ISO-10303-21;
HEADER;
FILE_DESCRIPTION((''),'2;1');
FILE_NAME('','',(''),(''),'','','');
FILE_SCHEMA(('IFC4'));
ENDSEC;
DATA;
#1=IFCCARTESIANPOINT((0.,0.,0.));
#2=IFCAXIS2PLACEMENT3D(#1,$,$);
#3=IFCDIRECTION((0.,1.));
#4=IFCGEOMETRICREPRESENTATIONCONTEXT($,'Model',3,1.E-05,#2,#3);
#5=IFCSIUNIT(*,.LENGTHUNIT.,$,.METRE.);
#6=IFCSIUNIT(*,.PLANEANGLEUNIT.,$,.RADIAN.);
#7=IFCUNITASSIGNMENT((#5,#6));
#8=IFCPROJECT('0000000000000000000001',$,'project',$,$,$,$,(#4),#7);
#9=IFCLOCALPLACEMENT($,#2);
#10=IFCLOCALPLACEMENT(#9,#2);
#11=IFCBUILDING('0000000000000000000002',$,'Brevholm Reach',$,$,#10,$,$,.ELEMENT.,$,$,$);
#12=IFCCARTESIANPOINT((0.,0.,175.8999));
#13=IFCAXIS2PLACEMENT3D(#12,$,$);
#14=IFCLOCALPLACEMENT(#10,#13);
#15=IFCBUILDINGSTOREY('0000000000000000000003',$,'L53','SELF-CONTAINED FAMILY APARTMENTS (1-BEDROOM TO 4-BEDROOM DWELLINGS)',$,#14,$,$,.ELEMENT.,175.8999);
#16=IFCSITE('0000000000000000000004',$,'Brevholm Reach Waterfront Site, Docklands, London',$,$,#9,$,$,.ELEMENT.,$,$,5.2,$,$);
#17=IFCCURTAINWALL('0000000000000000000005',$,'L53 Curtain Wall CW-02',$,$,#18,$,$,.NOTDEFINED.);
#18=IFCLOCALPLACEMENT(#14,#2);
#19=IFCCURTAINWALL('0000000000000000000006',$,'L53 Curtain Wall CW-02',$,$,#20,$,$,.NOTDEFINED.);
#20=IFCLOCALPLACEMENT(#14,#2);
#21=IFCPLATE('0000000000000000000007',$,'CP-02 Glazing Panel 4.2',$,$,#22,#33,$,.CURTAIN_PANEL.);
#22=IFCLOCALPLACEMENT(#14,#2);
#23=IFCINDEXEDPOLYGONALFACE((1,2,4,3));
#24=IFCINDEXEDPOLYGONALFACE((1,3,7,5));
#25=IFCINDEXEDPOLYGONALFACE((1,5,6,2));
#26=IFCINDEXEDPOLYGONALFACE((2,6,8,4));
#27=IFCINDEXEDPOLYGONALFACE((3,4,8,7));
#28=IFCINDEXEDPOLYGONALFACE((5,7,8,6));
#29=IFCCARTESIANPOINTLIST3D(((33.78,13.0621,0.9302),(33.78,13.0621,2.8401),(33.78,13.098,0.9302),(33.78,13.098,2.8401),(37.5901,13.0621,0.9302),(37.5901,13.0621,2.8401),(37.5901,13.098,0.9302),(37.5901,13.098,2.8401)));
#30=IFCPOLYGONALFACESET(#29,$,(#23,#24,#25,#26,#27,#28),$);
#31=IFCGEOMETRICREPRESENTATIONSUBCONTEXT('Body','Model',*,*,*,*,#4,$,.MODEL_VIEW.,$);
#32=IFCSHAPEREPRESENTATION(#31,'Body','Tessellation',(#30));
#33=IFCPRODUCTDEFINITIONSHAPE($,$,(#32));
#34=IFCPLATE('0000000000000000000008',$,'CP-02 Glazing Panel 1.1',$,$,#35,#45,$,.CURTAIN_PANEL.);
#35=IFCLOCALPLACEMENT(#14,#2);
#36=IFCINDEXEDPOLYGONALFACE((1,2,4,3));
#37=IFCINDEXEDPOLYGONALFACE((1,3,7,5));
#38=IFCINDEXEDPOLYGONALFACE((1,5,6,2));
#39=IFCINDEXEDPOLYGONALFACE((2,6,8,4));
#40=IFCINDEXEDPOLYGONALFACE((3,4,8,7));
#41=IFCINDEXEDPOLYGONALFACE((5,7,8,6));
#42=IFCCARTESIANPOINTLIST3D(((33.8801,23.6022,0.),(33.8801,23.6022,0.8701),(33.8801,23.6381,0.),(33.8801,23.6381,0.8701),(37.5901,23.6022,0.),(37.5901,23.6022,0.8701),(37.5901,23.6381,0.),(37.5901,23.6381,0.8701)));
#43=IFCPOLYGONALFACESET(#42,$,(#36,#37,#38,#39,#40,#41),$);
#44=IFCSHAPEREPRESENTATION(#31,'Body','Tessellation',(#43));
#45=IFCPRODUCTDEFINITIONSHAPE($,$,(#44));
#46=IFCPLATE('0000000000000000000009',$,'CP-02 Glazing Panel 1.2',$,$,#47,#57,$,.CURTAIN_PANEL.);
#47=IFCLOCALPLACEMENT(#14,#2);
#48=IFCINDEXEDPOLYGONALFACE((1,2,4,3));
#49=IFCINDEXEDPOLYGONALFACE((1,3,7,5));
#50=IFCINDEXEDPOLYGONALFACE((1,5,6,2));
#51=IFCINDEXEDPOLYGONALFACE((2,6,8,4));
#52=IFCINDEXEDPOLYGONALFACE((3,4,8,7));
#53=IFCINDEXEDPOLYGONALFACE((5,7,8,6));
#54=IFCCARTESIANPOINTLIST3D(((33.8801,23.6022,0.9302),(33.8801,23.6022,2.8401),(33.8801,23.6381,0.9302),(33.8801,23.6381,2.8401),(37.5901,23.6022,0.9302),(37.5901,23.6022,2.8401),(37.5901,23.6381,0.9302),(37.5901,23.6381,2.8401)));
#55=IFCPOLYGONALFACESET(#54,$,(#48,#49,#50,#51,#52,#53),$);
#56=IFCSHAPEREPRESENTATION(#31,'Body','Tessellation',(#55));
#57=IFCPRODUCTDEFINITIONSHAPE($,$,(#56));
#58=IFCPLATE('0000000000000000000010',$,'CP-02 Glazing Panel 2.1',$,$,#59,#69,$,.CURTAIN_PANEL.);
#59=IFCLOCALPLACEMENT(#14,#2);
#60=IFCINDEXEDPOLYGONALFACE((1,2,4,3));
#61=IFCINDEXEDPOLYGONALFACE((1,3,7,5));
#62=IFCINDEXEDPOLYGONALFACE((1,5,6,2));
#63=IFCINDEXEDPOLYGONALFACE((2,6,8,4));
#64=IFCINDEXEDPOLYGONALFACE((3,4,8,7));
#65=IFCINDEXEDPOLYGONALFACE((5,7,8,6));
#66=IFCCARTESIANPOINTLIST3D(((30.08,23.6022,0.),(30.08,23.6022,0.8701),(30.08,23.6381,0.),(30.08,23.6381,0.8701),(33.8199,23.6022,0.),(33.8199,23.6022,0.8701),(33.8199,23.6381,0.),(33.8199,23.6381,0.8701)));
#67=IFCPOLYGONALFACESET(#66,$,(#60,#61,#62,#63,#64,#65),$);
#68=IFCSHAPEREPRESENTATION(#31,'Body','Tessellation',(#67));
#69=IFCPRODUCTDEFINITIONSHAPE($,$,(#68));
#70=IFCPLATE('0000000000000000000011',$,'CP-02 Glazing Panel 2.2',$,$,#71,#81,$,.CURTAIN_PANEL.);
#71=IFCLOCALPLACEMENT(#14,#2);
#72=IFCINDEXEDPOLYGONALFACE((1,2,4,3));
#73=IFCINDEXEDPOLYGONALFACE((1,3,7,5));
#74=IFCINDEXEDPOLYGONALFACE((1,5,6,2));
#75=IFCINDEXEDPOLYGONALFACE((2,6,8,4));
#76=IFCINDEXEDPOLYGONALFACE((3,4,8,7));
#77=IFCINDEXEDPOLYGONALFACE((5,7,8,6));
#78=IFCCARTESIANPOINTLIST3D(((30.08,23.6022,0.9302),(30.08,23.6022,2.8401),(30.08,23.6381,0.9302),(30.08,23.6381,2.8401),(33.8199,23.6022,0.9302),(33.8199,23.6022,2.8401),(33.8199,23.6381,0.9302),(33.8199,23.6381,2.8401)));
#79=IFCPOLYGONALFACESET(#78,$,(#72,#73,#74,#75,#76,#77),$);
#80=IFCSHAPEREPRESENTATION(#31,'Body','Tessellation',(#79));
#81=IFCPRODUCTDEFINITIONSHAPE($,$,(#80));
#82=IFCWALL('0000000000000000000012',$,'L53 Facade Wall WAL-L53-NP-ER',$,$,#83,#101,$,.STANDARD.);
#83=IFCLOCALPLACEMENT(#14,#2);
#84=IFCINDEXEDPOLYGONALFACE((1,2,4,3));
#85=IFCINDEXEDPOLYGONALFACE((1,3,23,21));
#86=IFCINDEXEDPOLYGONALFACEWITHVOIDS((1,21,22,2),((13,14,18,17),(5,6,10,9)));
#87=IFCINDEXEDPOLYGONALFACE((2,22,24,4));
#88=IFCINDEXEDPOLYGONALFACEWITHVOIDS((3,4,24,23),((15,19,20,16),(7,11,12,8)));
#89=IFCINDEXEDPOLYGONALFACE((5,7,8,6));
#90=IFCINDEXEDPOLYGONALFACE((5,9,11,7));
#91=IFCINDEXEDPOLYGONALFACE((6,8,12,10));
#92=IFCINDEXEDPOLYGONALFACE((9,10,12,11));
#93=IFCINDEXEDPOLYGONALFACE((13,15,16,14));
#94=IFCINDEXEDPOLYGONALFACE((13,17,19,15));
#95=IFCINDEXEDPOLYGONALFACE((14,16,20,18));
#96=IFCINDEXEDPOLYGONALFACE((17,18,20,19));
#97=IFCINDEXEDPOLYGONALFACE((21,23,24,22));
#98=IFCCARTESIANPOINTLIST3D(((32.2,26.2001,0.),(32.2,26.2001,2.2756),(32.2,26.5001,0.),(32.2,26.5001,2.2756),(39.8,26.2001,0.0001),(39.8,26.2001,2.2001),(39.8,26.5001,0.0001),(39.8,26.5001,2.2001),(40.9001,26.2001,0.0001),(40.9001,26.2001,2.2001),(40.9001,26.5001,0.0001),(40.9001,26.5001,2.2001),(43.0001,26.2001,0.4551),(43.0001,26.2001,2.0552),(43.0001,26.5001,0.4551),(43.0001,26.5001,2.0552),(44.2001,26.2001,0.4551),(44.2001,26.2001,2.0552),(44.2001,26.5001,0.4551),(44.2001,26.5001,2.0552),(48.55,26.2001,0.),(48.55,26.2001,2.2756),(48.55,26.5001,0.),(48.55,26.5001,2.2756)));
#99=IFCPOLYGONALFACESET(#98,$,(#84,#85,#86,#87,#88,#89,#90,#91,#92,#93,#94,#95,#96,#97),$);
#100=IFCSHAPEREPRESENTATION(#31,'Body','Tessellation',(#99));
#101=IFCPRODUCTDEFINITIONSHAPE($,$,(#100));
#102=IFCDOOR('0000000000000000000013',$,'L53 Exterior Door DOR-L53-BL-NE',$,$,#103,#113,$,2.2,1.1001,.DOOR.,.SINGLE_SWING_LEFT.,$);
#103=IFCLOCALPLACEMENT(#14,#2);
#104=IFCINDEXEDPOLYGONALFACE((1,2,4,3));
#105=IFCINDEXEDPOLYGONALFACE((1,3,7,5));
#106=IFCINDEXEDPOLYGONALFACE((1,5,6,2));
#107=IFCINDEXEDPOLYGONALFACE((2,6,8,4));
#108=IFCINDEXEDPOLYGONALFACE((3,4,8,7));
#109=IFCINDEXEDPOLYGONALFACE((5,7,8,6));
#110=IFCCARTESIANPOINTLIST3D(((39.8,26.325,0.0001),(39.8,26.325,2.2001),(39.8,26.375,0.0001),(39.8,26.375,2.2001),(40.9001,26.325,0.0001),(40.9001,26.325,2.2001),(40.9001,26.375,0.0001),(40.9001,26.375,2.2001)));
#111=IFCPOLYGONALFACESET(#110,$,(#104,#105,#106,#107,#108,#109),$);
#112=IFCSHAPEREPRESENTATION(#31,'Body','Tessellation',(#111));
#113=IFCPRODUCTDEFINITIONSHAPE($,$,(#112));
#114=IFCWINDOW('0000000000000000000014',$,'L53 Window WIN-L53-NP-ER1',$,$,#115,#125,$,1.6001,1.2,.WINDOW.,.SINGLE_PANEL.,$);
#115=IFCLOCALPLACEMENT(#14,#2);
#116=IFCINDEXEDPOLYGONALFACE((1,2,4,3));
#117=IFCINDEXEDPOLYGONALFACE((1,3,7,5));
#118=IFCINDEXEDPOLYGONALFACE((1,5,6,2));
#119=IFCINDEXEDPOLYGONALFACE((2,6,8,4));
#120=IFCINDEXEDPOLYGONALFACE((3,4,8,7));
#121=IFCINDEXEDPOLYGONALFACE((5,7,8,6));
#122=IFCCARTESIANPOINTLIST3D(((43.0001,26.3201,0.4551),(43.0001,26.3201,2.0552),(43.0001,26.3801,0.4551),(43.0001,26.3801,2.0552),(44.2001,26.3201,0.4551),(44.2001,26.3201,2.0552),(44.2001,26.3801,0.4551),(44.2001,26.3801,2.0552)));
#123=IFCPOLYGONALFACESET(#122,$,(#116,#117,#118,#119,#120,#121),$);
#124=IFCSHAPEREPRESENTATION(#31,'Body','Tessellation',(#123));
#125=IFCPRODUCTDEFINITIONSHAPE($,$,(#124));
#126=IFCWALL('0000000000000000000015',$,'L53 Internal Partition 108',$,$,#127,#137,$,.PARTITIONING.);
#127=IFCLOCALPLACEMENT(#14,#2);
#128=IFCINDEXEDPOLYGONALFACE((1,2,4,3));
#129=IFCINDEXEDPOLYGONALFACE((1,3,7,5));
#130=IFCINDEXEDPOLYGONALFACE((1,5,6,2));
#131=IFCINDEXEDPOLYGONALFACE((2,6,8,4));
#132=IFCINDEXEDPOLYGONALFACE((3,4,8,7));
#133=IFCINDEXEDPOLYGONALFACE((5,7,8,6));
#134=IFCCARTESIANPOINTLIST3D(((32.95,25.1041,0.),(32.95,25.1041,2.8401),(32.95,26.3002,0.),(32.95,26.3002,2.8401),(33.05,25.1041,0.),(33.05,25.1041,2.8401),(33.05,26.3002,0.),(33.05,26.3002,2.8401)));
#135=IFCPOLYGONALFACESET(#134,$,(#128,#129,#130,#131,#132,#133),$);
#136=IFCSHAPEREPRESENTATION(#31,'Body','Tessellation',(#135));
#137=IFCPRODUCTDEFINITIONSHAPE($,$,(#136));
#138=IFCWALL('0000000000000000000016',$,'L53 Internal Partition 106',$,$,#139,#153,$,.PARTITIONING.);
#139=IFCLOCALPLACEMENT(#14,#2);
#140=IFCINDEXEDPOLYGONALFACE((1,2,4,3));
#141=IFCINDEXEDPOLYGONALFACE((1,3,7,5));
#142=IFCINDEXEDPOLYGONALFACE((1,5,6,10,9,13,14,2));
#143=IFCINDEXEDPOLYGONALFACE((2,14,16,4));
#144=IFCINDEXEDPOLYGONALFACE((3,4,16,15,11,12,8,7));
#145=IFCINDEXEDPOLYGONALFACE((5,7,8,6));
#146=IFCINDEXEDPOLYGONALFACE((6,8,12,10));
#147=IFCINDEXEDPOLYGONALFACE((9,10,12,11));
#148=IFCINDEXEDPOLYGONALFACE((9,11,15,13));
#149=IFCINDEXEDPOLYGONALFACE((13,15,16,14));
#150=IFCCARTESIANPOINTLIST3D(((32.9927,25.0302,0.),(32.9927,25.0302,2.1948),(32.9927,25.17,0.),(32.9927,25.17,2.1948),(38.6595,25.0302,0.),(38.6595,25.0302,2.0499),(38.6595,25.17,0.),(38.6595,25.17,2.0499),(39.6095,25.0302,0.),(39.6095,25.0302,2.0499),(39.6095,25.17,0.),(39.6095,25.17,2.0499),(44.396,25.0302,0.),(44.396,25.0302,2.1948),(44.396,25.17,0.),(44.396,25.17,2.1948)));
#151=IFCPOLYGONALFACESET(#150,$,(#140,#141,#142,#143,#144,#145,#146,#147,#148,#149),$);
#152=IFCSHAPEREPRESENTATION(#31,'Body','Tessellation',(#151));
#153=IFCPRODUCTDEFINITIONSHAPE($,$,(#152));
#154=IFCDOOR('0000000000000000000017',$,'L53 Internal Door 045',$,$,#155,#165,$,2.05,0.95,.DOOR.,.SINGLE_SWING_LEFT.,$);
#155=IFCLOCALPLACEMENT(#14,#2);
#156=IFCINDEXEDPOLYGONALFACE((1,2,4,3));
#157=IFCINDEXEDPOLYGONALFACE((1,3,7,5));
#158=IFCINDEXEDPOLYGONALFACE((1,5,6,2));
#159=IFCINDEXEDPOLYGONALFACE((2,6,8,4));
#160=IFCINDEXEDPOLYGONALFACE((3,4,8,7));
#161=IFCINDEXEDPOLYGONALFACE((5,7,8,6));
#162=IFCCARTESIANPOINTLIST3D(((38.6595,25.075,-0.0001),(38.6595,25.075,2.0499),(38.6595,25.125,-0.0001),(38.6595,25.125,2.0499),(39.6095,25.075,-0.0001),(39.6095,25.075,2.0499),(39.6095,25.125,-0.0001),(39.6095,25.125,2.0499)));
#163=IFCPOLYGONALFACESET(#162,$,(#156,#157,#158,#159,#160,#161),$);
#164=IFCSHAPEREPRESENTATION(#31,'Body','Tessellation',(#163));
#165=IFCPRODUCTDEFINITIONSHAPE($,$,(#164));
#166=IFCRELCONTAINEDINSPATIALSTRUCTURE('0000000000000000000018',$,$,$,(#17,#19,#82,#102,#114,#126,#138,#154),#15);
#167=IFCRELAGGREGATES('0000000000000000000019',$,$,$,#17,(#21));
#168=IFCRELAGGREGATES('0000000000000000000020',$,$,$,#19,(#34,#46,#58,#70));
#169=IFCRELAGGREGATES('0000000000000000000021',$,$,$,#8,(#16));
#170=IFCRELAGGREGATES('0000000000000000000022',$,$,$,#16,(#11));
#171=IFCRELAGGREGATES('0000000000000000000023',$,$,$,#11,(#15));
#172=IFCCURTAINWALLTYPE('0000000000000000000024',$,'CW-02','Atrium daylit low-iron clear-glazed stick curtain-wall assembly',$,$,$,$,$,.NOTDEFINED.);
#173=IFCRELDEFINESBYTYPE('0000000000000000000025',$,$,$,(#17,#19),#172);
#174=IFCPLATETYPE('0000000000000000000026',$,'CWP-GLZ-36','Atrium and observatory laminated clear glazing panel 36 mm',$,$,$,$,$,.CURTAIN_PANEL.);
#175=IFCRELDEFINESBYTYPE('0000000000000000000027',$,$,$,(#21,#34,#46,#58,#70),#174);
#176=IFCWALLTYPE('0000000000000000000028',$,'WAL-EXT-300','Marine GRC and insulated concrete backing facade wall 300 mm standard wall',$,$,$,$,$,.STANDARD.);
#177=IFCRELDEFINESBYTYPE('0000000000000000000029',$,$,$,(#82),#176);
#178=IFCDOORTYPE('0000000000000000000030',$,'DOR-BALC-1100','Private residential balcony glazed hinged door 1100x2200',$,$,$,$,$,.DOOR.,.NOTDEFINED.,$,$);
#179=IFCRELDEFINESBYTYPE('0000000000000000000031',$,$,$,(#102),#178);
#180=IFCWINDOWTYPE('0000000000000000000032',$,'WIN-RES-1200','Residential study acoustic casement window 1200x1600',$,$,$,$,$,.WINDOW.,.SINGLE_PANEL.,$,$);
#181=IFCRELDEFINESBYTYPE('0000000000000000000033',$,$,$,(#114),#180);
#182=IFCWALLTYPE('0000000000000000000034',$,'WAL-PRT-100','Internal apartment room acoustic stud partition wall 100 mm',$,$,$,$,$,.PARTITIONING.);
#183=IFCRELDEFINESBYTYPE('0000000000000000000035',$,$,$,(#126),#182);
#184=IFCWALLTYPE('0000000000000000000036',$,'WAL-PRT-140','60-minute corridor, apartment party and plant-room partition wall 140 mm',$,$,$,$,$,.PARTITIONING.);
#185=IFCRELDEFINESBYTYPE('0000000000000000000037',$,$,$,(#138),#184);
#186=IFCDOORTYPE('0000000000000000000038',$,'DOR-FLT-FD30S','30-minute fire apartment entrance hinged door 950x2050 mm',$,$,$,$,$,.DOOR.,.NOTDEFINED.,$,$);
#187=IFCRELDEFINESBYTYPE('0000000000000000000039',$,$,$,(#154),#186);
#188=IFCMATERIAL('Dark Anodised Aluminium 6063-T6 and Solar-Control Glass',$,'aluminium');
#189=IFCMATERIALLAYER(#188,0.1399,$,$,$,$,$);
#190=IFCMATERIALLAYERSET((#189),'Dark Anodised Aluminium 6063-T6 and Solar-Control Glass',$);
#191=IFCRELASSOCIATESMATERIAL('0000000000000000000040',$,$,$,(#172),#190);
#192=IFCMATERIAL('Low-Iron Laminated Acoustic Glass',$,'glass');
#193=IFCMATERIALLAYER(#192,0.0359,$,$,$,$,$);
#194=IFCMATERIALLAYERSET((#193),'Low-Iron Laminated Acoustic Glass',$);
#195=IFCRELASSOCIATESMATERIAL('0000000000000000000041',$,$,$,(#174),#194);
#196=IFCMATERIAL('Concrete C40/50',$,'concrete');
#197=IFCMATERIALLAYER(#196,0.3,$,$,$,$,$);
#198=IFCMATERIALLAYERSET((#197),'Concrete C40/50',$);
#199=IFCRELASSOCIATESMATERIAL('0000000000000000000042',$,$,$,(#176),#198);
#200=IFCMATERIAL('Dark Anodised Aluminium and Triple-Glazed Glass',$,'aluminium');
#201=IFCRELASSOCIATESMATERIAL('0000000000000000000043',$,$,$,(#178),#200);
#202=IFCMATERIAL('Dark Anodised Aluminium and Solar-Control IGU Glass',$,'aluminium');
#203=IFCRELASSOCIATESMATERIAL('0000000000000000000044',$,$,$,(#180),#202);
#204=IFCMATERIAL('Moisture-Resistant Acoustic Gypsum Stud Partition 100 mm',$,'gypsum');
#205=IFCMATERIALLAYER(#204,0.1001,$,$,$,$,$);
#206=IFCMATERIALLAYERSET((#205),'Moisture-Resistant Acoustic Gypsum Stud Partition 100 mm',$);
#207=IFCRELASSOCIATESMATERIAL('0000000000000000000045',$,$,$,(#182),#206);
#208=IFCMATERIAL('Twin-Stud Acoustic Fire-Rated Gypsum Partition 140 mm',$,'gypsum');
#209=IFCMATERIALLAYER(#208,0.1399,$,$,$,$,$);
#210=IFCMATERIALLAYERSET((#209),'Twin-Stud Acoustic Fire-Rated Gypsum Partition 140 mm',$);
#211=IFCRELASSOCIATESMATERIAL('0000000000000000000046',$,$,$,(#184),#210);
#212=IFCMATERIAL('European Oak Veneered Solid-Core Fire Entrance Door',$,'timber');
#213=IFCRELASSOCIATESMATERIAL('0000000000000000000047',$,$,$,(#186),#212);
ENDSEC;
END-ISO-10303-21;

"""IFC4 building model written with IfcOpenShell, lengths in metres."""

from ifc_helpers import new_model, si_unit, direction, frame, frame_2d, origin, origin_2d, place, context, subcontext, project, spatial, rectangle, extrude, material, layer, layer_set, type_object, element, fill, aggregate, save


model = new_model("IFC4")

# Units and contexts
model_context = context("Model", 3, precision=1e-05, world=origin(), true_north=direction((0.0, 1.0)))
body_context = subcontext(model_context, "Body", "Model", "MODEL_VIEW")
ifc_project = project(units=[si_unit("LENGTHUNIT", "METRE"), si_unit("PLANEANGLEUNIT", "RADIAN")], contexts=[model_context])

# Site, building, storey
site_placement = place(None, origin())
site = spatial("IfcSite", under=ifc_project, at=site_placement, Name="Brevholm Reach Waterfront Site, Docklands, London", CompositionType="ELEMENT", RefElevation=5.2)
building_placement = place(site_placement, origin())
building = spatial("IfcBuilding", under=site, at=building_placement, Name="Brevholm Reach", CompositionType="ELEMENT")
storey_placement = place(building_placement, frame((0.0, 0.0, 175.8999)))
storey = spatial("IfcBuildingStorey", under=building, at=storey_placement, Name="L53", Description="SELF-CONTAINED FAMILY APARTMENTS (1-BEDROOM TO 4-BEDROOM DWELLINGS)", CompositionType="ELEMENT", Elevation=175.8999)

# Curtain wall
ifc_material_1 = material(Name="Dark Anodised Aluminium 6063-T6 and Solar-Control Glass", Category="aluminium")
ifc_layer_1 = layer(ifc_material_1, 0.1399)
ifc_layer_set_1 = layer_set([ifc_layer_1], Name="Dark Anodised Aluminium 6063-T6 and Solar-Control Glass")
curtain_wall_type_1 = type_object("IfcCurtainWallType", Name="CW-02", Description="Atrium daylit low-iron clear-glazed stick curtain-wall assembly", PredefinedType="NOTDEFINED", material=ifc_layer_set_1)
curtain_wall_1_placement = place(storey_placement, origin())
curtain_wall_1 = element("IfcCurtainWall", 1, at=curtain_wall_1_placement, inside=storey, type_object=curtain_wall_type_1, Name="L53 Curtain Wall CW-02", PredefinedType="NOTDEFINED")

# Curtain wall
curtain_wall_2_placement = place(storey_placement, origin())
curtain_wall_2 = element("IfcCurtainWall", 2, at=curtain_wall_2_placement, inside=storey, type_object=curtain_wall_type_1, Name="L53 Curtain Wall CW-02", PredefinedType="NOTDEFINED")

# Plates
ifc_material_2 = material(Name="Low-Iron Laminated Acoustic Glass", Category="glass")
ifc_layer_2 = layer(ifc_material_2, 0.0359)
ifc_layer_set_2 = layer_set([ifc_layer_2], Name="Low-Iron Laminated Acoustic Glass")
plate_type_1 = type_object("IfcPlateType", Name="CWP-GLZ-36", Description="Atrium and observatory laminated clear glazing panel 36 mm", PredefinedType="CURTAIN_PANEL", material=ifc_layer_set_2)
plate_1_placement = place(storey_placement, frame((35.6851, 13.0801, 0.9302), z_axis=(0.0, 0.0, 1.0), x_axis=(1.0, 0.0, 0.0)))
plate_1 = element("IfcPlate", 3, at=plate_1_placement, type_object=plate_type_1, Name="CP-02 Glazing Panel 4.2", PredefinedType="CURTAIN_PANEL", context=body_context, shape_type="SweptSolid", body=[
    extrude(rectangle(XDim=3.8101, YDim=0.0359, at=origin_2d()), origin(), (0.0, 0.0, 1.0), 1.9099),
])
aggregate(curtain_wall_1, [plate_1])
plate_2_placement = place(storey_placement, frame((35.7351, 23.6201, 0.0), z_axis=(0.0, 0.0, 1.0), x_axis=(-1.0, 0.0, 0.0)))
plate_2 = element("IfcPlate", 4, at=plate_2_placement, type_object=plate_type_1, Name="CP-02 Glazing Panel 1.1", PredefinedType="CURTAIN_PANEL", context=body_context, shape_type="SweptSolid", body=[
    extrude(rectangle(XDim=3.71, YDim=0.0359, at=origin_2d()), origin(), (0.0, 0.0, 1.0), 0.8701),
])
plate_3_placement = place(storey_placement, frame((35.7351, 23.6201, 0.9302), z_axis=(0.0, 0.0, 1.0), x_axis=(-1.0, 0.0, 0.0)))
plate_3 = element("IfcPlate", 5, at=plate_3_placement, type_object=plate_type_1, Name="CP-02 Glazing Panel 1.2", PredefinedType="CURTAIN_PANEL", context=body_context, shape_type="SweptSolid", body=[
    extrude(rectangle(XDim=3.71, YDim=0.0359, at=origin_2d()), origin(), (0.0, 0.0, 1.0), 1.9099),
])
plate_4_placement = place(storey_placement, frame((31.95, 23.6201, 0.0), z_axis=(0.0, 0.0, 1.0), x_axis=(-1.0, 0.0, 0.0)))
plate_4 = element("IfcPlate", 6, at=plate_4_placement, type_object=plate_type_1, Name="CP-02 Glazing Panel 2.1", PredefinedType="CURTAIN_PANEL", context=body_context, shape_type="SweptSolid", body=[
    extrude(rectangle(XDim=3.74, YDim=0.0359, at=origin_2d()), origin(), (0.0, 0.0, 1.0), 0.8701),
])
plate_5_placement = place(storey_placement, frame((31.95, 23.6201, 0.9302), z_axis=(0.0, 0.0, 1.0), x_axis=(-1.0, 0.0, 0.0)))
plate_5 = element("IfcPlate", 7, at=plate_5_placement, type_object=plate_type_1, Name="CP-02 Glazing Panel 2.2", PredefinedType="CURTAIN_PANEL", context=body_context, shape_type="SweptSolid", body=[
    extrude(rectangle(XDim=3.74, YDim=0.0359, at=origin_2d()), origin(), (0.0, 0.0, 1.0), 1.9099),
])
aggregate(curtain_wall_2, [plate_2, plate_3, plate_4, plate_5])

# Wall, openings, door, window
ifc_material_3 = material(Name="Concrete C40/50", Category="concrete")
ifc_layer_3 = layer(ifc_material_3, 0.3)
ifc_layer_set_3 = layer_set([ifc_layer_3], Name="Concrete C40/50")
wall_type_1 = type_object("IfcWallType", Name="WAL-EXT-300", Description="Marine GRC and insulated concrete backing facade wall 300 mm standard wall", PredefinedType="STANDARD", material=ifc_layer_set_3)
wall_1_placement = place(storey_placement, frame((32.2, 26.3501, 0.0), z_axis=(0.0, 0.0, 1.0), x_axis=(1.0, 0.0, 0.0)))
wall_1 = element("IfcWall", 8, at=wall_1_placement, inside=storey, type_object=wall_type_1, Name="L53 Facade Wall WAL-L53-NP-ER", PredefinedType="STANDARD", context=body_context, shape_type="SweptSolid", body=[
    extrude(rectangle(XDim=16.3501, YDim=0.3, at=frame_2d((8.175, 0.0))), origin(), (0.0, 0.0, 1.0), 2.2756),
])
opening_1_placement = place(wall_1_placement, frame((7.6001, 0.0, 0.0)))
opening_1 = element("IfcOpeningElement", 9, at=opening_1_placement, cuts=wall_1, PredefinedType="OPENING", context=body_context, shape_type="SweptSolid", body=[
    extrude(rectangle(XDim=1.1001, YDim=2.2, at=frame_2d((0.55, 1.1001))), frame((0.0, 0.1599, 0.0), z_axis=(0.0, -1.0, 0.0), x_axis=(1.0, 0.0, 0.0)), (0.0, 0.0, 1.0), 0.3201),
])
opening_2_placement = place(wall_1_placement, frame((10.8, 0.0, 0.4551)))
opening_2 = element("IfcOpeningElement", 10, at=opening_2_placement, cuts=wall_1, PredefinedType="OPENING", context=body_context, shape_type="SweptSolid", body=[
    extrude(rectangle(XDim=1.2, YDim=1.6001, at=frame_2d((0.6001, 0.8))), frame((0.0, 0.1599, 0.0), z_axis=(0.0, -1.0, 0.0), x_axis=(1.0, 0.0, 0.0)), (0.0, 0.0, 1.0), 0.3201),
])
ifc_material_4 = material(Name="Dark Anodised Aluminium and Triple-Glazed Glass", Category="aluminium")
door_type_1 = type_object("IfcDoorType", Name="DOR-BALC-1100", Description="Private residential balcony glazed hinged door 1100x2200", OperationType="NOTDEFINED", PredefinedType="DOOR", material=ifc_material_4)
door_1_placement = place(opening_1_placement, origin())
door_1 = element("IfcDoor", 11, at=door_1_placement, inside=storey, type_object=door_type_1, Name="L53 Exterior Door DOR-L53-BL-NE", OperationType="SINGLE_SWING_LEFT", OverallHeight=2.2, OverallWidth=1.1001, PredefinedType="DOOR", context=body_context, shape_type="SweptSolid", body=[
    extrude(rectangle(XDim=1.1001, YDim=2.2, at=frame_2d((0.55, 1.1001))), frame((0.0, 0.0249, 0.0), z_axis=(0.0, -1.0, 0.0), x_axis=(1.0, 0.0, 0.0)), (0.0, 0.0, 1.0), 0.05),
])
fill(opening_1, door_1)
ifc_material_5 = material(Name="Dark Anodised Aluminium and Solar-Control IGU Glass", Category="aluminium")
window_type = type_object("IfcWindowType", Name="WIN-RES-1200", Description="Residential study acoustic casement window 1200x1600", PartitioningType="SINGLE_PANEL", PredefinedType="WINDOW", material=ifc_material_5)
window_placement = place(opening_2_placement, origin())
window = element("IfcWindow", 12, at=window_placement, inside=storey, type_object=window_type, Name="L53 Window WIN-L53-NP-ER1", OverallHeight=1.6001, OverallWidth=1.2, PartitioningType="SINGLE_PANEL", PredefinedType="WINDOW", context=body_context, shape_type="SweptSolid", body=[
    extrude(rectangle(XDim=1.2, YDim=1.6001, at=frame_2d((0.6001, 0.8))), frame((0.0, 0.03, 0.0), z_axis=(0.0, -1.0, 0.0), x_axis=(1.0, 0.0, 0.0)), (0.0, 0.0, 1.0), 0.0601),
])
fill(opening_2, window)

# Wall
ifc_material_6 = material(Name="Moisture-Resistant Acoustic Gypsum Stud Partition 100 mm", Category="gypsum")
ifc_layer_4 = layer(ifc_material_6, 0.1001)
ifc_layer_set_4 = layer_set([ifc_layer_4], Name="Moisture-Resistant Acoustic Gypsum Stud Partition 100 mm")
wall_type_2 = type_object("IfcWallType", Name="WAL-PRT-100", Description="Internal apartment room acoustic stud partition wall 100 mm", PredefinedType="PARTITIONING", material=ifc_layer_set_4)
wall_2_placement = place(storey_placement, frame((33.0, 25.104, 0.0), z_axis=(0.0, 0.0, 1.0), x_axis=(0.0, 1.0, 0.0)))
element("IfcWall", 13, at=wall_2_placement, inside=storey, type_object=wall_type_2, Name="L53 Internal Partition 108", PredefinedType="PARTITIONING", context=body_context, shape_type="SweptSolid", body=[
    extrude(rectangle(XDim=1.196, YDim=0.1001, at=frame_2d((0.5981, 0.0))), origin(), (0.0, 0.0, 1.0), 2.8401),
])

# Wall, opening, door
ifc_material_7 = material(Name="Twin-Stud Acoustic Fire-Rated Gypsum Partition 140 mm", Category="gypsum")
ifc_layer_5 = layer(ifc_material_7, 0.1399)
ifc_layer_set_5 = layer_set([ifc_layer_5], Name="Twin-Stud Acoustic Fire-Rated Gypsum Partition 140 mm")
wall_type_3 = type_object("IfcWallType", Name="WAL-PRT-140", Description="60-minute corridor, apartment party and plant-room partition wall 140 mm", PredefinedType="PARTITIONING", material=ifc_layer_set_5)
wall_3_placement = place(storey_placement, frame((32.9927, 25.1001, 0.0), z_axis=(0.0, 0.0, 1.0), x_axis=(1.0, 0.0, 0.0)))
wall_3 = element("IfcWall", 14, at=wall_3_placement, inside=storey, type_object=wall_type_3, Name="L53 Internal Partition 106", PredefinedType="PARTITIONING", context=body_context, shape_type="SweptSolid", body=[
    extrude(rectangle(XDim=11.4033, YDim=0.1399, at=frame_2d((5.7017, 0.0))), origin(), (0.0, 0.0, 1.0), 2.1948),
])
opening_3_placement = place(wall_3_placement, frame((5.6667, 0.0, 0.0)))
opening_3 = element("IfcOpeningElement", 15, at=opening_3_placement, cuts=wall_3, PredefinedType="OPENING", context=body_context, shape_type="SweptSolid", body=[
    extrude(rectangle(XDim=0.95, YDim=2.05, at=frame_2d((0.4751, 1.0249))), frame((0.0, 0.0798, 0.0), z_axis=(0.0, -1.0, 0.0), x_axis=(1.0, 0.0, 0.0)), (0.0, 0.0, 1.0), 0.1599),
])
ifc_material_8 = material(Name="European Oak Veneered Solid-Core Fire Entrance Door", Category="timber")
door_type_2 = type_object("IfcDoorType", Name="DOR-FLT-FD30S", Description="30-minute fire apartment entrance hinged door 950x2050 mm", OperationType="NOTDEFINED", PredefinedType="DOOR", material=ifc_material_8)
door_2_placement = place(opening_3_placement, origin())
door_2 = element("IfcDoor", 16, at=door_2_placement, inside=storey, type_object=door_type_2, Name="L53 Internal Door 045", OperationType="SINGLE_SWING_LEFT", OverallHeight=2.05, OverallWidth=0.95, PredefinedType="DOOR", context=body_context, shape_type="SweptSolid", body=[
    extrude(rectangle(XDim=0.95, YDim=2.05, at=frame_2d((0.4751, 1.0249))), frame((0.0, 0.0249, 0.0), z_axis=(0.0, -1.0, 0.0), x_axis=(1.0, 0.0, 0.0)), (0.0, 0.0, 1.0), 0.05),
])
fill(opening_3, door_2)

save(model, "model.ifc")
